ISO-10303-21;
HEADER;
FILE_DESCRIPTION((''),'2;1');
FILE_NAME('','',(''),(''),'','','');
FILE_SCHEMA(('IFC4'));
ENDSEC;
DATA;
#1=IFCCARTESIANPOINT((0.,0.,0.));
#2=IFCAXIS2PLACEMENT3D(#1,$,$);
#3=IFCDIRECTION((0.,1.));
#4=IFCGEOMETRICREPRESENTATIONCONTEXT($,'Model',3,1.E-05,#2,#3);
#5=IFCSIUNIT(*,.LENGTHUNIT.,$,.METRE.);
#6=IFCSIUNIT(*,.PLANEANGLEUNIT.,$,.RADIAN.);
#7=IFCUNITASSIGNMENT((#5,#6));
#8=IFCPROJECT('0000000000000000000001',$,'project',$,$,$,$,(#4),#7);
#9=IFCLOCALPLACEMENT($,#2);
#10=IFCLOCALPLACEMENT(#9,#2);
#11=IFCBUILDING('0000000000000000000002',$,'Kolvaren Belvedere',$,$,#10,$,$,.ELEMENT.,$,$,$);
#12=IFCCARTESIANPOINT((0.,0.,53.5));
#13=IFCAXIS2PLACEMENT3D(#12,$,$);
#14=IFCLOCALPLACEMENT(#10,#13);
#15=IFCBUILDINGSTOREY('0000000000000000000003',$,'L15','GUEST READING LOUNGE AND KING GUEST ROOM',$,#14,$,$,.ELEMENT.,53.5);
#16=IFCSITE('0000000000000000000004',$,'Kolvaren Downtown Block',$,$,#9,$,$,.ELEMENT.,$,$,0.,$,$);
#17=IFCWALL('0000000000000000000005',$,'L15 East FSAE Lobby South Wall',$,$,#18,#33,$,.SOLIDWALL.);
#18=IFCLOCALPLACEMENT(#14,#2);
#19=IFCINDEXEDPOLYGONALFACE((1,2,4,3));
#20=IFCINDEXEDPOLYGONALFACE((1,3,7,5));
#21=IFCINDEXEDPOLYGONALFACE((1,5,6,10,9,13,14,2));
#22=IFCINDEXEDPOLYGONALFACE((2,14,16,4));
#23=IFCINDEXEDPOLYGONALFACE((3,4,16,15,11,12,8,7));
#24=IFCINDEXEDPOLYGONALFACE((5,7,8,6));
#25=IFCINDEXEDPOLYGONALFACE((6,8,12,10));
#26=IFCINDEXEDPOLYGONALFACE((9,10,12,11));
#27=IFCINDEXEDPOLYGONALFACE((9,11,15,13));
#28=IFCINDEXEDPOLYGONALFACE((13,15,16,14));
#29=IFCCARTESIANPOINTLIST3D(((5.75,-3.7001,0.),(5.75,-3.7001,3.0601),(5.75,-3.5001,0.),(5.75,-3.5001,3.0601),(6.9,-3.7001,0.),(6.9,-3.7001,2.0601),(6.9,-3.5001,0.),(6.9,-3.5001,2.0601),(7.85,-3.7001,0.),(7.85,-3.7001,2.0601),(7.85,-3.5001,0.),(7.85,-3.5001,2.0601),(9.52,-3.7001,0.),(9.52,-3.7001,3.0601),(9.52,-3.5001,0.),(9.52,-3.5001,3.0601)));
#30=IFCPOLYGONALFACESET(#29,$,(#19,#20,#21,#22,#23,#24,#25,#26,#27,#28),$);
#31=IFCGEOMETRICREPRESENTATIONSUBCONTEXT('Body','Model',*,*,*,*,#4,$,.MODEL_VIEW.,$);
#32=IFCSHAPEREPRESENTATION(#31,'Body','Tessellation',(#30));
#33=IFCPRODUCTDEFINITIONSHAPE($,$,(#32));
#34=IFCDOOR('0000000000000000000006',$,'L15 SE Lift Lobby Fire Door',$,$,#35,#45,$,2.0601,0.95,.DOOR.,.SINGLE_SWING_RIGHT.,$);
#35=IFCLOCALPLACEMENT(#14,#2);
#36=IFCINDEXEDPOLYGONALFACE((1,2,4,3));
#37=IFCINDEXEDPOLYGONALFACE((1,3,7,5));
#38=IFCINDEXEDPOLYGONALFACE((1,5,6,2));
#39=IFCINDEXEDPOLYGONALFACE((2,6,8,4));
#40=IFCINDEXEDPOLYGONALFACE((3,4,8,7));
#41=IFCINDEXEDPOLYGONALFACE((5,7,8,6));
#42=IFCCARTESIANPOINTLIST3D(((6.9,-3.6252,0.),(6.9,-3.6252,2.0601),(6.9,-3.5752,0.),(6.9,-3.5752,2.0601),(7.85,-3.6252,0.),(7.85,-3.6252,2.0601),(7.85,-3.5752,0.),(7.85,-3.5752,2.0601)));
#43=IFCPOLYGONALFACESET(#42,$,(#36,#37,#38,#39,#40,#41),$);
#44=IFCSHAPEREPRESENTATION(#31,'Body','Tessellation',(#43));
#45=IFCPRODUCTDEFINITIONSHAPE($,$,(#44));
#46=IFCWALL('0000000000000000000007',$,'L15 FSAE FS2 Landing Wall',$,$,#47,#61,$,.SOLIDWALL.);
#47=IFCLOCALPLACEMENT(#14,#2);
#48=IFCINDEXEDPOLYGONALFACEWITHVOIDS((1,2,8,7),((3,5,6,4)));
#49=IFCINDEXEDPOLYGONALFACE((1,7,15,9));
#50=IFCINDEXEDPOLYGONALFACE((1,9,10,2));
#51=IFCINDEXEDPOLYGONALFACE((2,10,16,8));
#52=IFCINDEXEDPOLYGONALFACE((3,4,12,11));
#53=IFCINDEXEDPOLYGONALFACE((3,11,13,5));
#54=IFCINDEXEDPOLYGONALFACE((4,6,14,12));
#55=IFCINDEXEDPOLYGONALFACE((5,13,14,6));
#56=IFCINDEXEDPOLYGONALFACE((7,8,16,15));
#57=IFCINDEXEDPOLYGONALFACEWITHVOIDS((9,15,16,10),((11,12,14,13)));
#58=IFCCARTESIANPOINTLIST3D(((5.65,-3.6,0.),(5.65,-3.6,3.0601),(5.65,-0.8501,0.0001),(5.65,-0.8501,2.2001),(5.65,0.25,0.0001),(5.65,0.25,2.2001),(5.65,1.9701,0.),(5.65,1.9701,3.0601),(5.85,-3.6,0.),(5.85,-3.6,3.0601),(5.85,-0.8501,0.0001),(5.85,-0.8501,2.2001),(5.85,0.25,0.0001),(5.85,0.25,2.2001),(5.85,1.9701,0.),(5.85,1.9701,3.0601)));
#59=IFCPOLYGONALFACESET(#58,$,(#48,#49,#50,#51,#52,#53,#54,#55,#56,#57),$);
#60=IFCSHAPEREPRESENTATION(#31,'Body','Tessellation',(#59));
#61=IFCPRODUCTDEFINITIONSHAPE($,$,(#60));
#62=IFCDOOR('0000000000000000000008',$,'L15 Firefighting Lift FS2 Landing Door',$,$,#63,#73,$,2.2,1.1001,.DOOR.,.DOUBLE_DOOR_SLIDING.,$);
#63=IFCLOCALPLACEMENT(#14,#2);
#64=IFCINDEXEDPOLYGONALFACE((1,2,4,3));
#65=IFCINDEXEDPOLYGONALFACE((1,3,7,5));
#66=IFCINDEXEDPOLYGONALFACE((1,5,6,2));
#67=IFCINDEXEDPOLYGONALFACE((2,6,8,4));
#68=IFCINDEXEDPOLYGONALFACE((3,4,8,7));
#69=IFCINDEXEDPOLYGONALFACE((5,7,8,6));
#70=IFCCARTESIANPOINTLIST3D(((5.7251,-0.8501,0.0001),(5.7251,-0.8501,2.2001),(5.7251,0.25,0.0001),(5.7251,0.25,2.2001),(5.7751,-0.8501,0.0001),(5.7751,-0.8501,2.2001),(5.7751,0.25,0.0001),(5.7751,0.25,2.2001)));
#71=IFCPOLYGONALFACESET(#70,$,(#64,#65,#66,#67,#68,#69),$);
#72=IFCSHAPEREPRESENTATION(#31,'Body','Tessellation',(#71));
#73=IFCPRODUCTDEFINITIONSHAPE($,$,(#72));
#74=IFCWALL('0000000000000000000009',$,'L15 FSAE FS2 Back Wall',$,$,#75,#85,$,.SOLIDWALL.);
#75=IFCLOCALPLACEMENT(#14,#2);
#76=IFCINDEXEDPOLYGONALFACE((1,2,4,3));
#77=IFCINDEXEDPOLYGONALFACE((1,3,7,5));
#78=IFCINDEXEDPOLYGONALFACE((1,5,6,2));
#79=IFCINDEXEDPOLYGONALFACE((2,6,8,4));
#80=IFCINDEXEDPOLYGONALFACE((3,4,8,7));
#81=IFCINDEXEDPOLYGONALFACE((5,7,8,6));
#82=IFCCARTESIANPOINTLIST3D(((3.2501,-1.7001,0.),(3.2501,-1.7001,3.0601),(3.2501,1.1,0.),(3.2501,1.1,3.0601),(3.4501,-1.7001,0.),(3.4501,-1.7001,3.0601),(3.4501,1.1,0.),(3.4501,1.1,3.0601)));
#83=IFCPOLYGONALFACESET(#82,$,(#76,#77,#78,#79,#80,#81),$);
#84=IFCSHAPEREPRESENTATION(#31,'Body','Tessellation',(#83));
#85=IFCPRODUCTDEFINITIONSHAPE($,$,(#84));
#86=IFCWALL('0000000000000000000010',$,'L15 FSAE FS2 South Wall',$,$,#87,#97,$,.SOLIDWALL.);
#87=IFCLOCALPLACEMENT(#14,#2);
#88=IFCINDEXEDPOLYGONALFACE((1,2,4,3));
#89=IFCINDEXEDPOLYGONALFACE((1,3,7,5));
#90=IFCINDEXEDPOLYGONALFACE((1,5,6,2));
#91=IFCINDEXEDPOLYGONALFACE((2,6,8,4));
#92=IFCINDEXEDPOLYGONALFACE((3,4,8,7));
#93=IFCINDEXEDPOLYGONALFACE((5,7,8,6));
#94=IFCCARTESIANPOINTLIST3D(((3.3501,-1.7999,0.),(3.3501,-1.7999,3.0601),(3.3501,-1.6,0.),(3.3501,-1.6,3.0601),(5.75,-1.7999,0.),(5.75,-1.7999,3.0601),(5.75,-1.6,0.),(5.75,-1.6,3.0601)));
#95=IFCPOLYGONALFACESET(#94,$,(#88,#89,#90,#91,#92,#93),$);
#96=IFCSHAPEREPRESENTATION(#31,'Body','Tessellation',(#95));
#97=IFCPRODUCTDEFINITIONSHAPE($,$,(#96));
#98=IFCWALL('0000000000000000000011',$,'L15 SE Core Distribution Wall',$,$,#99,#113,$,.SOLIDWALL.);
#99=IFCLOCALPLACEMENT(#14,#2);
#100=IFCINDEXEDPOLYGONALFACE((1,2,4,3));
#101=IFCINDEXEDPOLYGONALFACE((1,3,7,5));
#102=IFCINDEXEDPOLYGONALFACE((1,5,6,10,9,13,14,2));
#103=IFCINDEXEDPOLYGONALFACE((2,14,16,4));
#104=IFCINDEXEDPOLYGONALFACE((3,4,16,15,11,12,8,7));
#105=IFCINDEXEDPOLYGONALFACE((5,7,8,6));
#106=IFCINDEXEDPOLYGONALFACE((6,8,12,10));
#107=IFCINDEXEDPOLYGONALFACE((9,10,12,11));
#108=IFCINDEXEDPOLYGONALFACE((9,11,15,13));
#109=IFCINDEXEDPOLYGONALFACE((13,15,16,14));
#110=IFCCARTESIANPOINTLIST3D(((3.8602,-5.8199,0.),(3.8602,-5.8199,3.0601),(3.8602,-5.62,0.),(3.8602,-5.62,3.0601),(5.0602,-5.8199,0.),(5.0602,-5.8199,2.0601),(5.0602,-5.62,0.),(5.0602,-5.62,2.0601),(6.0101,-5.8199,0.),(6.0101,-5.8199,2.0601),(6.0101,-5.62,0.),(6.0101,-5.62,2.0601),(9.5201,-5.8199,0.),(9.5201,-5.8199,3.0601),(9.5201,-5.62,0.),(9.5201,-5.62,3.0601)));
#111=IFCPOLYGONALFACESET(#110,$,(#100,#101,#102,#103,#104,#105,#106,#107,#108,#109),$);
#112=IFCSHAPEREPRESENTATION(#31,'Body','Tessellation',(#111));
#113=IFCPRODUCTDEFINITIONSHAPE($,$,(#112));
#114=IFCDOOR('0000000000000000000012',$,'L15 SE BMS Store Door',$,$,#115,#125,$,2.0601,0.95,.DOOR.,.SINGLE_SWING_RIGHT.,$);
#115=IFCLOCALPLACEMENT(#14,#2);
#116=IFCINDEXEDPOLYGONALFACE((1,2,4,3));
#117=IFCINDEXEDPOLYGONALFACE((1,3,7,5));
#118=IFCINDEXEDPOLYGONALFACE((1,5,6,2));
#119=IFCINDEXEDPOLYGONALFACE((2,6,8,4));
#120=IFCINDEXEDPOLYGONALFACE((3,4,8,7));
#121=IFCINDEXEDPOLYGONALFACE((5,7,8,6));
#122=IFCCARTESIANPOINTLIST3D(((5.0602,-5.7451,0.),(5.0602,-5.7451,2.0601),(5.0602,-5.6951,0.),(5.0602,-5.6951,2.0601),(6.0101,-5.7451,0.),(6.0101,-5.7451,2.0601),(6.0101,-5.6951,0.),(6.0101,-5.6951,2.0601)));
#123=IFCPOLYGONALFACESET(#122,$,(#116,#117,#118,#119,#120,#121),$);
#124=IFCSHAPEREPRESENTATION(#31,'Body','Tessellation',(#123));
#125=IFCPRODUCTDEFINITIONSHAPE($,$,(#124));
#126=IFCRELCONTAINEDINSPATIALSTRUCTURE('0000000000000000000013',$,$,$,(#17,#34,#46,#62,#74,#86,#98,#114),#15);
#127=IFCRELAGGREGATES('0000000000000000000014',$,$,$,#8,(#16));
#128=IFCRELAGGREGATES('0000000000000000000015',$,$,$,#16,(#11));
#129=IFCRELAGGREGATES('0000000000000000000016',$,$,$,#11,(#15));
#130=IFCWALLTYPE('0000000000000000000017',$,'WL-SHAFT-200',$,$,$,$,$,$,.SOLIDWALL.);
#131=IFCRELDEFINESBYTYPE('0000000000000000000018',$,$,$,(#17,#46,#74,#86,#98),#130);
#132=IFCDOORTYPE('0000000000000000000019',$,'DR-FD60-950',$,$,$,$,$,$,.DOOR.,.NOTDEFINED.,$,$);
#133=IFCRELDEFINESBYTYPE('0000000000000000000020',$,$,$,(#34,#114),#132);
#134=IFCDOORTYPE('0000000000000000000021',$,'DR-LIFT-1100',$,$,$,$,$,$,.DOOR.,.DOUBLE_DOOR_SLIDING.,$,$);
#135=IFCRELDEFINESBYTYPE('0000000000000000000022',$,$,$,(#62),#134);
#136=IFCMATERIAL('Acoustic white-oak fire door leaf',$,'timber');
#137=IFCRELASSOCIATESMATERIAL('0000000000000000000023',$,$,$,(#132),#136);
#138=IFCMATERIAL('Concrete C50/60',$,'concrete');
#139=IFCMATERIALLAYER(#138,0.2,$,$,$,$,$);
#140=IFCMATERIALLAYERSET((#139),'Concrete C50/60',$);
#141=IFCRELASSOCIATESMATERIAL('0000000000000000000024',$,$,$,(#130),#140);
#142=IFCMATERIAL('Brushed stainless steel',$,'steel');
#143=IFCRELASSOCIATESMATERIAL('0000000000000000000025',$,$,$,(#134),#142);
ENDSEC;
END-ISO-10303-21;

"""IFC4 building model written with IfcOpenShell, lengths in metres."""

from ifc_helpers import new_model, si_unit, direction, frame, frame_2d, origin, place, context, subcontext, project, spatial, rectangle, extrude, material, layer, layer_set, type_object, element, fill, save


model = new_model("IFC4")

# Units and contexts
model_context = context("Model", 3, precision=1e-05, world=origin(), true_north=direction((0.0, 1.0)))
body_context = subcontext(model_context, "Body", "Model", "MODEL_VIEW")
ifc_project = project(units=[si_unit("LENGTHUNIT", "METRE"), si_unit("PLANEANGLEUNIT", "RADIAN")], contexts=[model_context])

# Site, building, storey
site_placement = place(None, origin())
site = spatial("IfcSite", under=ifc_project, at=site_placement, Name="Kolvaren Downtown Block", CompositionType="ELEMENT", RefElevation=0.0)
building_placement = place(site_placement, origin())
building = spatial("IfcBuilding", under=site, at=building_placement, Name="Kolvaren Belvedere", CompositionType="ELEMENT")
storey_placement = place(building_placement, frame((0.0, 0.0, 53.5)))
storey = spatial("IfcBuildingStorey", under=building, at=storey_placement, Name="L15", Description="GUEST READING LOUNGE AND KING GUEST ROOM", CompositionType="ELEMENT", Elevation=53.5)

# Walls, openings, doors
ifc_material_1 = material(Name="Acoustic white-oak fire door leaf", Category="timber")
door_type_1 = type_object("IfcDoorType", Name="DR-FD60-950", OperationType="NOTDEFINED", PredefinedType="DOOR", material=ifc_material_1)
ifc_material_2 = material(Name="Concrete C50/60", Category="concrete")
ifc_layer_1 = layer(ifc_material_2, 0.2)
ifc_layer_set_1 = layer_set([ifc_layer_1], Name="Concrete C50/60")
wall_type_1 = type_object("IfcWallType", Name="WL-SHAFT-200", PredefinedType="SOLIDWALL", material=ifc_layer_set_1)
wall_1_placement = place(storey_placement, frame((5.75, -3.6001, 0.0), z_axis=(0.0, 0.0, 1.0), x_axis=(1.0, 0.0, 0.0)))
wall_1 = element("IfcWall", 1, at=wall_1_placement, inside=storey, type_object=wall_type_1, Name="L15 East FSAE Lobby South Wall", PredefinedType="SOLIDWALL", context=body_context, shape_type="SweptSolid", body=[
    extrude(rectangle(XDim=3.77, YDim=0.2, at=frame_2d((1.885, 0.0))), origin(), (0.0, 0.0, 1.0), 3.0601),
])
opening_1_placement = place(wall_1_placement, frame((1.1499, 0.0, 0.0)))
opening_1 = element("IfcOpeningElement", 2, at=opening_1_placement, cuts=wall_1, PredefinedType="OPENING", context=body_context, shape_type="SweptSolid", body=[
    extrude(rectangle(XDim=0.95, YDim=2.0601, at=frame_2d((0.4751, 1.03))), frame((0.0, 0.1099, 0.0), z_axis=(0.0, -1.0, 0.0), x_axis=(1.0, 0.0, 0.0)), (0.0, 0.0, 1.0), 0.22),
])
door_1_placement = place(opening_1_placement, origin())
door_1 = element("IfcDoor", 3, at=door_1_placement, inside=storey, type_object=door_type_1, Name="L15 SE Lift Lobby Fire Door", OperationType="SINGLE_SWING_RIGHT", OverallHeight=2.0601, OverallWidth=0.95, PredefinedType="DOOR", context=body_context, shape_type="SweptSolid", body=[
    extrude(rectangle(XDim=0.95, YDim=2.0601, at=frame_2d((0.4751, 1.03))), frame((0.0, 0.0249, 0.0), z_axis=(0.0, -1.0, 0.0), x_axis=(1.0, 0.0, 0.0)), (0.0, 0.0, 1.0), 0.05),
])
fill(opening_1, door_1)
wall_2_placement = place(storey_placement, frame((5.75, -3.6001, 0.0), z_axis=(0.0, 0.0, 1.0), x_axis=(0.0, 1.0, 0.0)))
wall_2 = element("IfcWall", 4, at=wall_2_placement, inside=storey, type_object=wall_type_1, Name="L15 FSAE FS2 Landing Wall", PredefinedType="SOLIDWALL", context=body_context, shape_type="SweptSolid", body=[
    extrude(rectangle(XDim=5.5701, YDim=0.2, at=frame_2d((2.7852, 0.0))), origin(), (0.0, 0.0, 1.0), 3.0601),
])
opening_2_placement = place(wall_2_placement, frame((2.75, 0.0, 0.0)))
opening_2 = element("IfcOpeningElement", 5, at=opening_2_placement, cuts=wall_2, PredefinedType="OPENING", context=body_context, shape_type="SweptSolid", body=[
    extrude(rectangle(XDim=1.1001, YDim=2.2, at=frame_2d((0.55, 1.1001))), frame((0.0, 0.1099, 0.0), z_axis=(0.0, -1.0, 0.0), x_axis=(1.0, 0.0, 0.0)), (0.0, 0.0, 1.0), 0.22),
])
ifc_material_3 = material(Name="Brushed stainless steel", Category="steel")
door_type_2 = type_object("IfcDoorType", Name="DR-LIFT-1100", OperationType="DOUBLE_DOOR_SLIDING", PredefinedType="DOOR", material=ifc_material_3)
door_2_placement = place(opening_2_placement, origin())
door_2 = element("IfcDoor", 6, at=door_2_placement, inside=storey, type_object=door_type_2, Name="L15 Firefighting Lift FS2 Landing Door", OperationType="DOUBLE_DOOR_SLIDING", OverallHeight=2.2, OverallWidth=1.1001, PredefinedType="DOOR", context=body_context, shape_type="SweptSolid", body=[
    extrude(rectangle(XDim=1.1001, YDim=2.2, at=frame_2d((0.55, 1.1001))), frame((0.0, 0.0249, 0.0), z_axis=(0.0, -1.0, 0.0), x_axis=(1.0, 0.0, 0.0)), (0.0, 0.0, 1.0), 0.05),
])
fill(opening_2, door_2)

# Walls
wall_3_placement = place(storey_placement, frame((3.3501, -1.7, 0.0), z_axis=(0.0, 0.0, 1.0), x_axis=(0.0, 1.0, 0.0)))
element("IfcWall", 7, at=wall_3_placement, inside=storey, type_object=wall_type_1, Name="L15 FSAE FS2 Back Wall", PredefinedType="SOLIDWALL", context=body_context, shape_type="SweptSolid", body=[
    extrude(rectangle(XDim=2.8, YDim=0.2, at=frame_2d((1.3999, 0.0))), origin(), (0.0, 0.0, 1.0), 3.0601),
])
wall_4_placement = place(storey_placement, frame((3.3501, -1.7, 0.0), z_axis=(0.0, 0.0, 1.0), x_axis=(1.0, 0.0, 0.0)))
element("IfcWall", 8, at=wall_4_placement, inside=storey, type_object=wall_type_1, Name="L15 FSAE FS2 South Wall", PredefinedType="SOLIDWALL", context=body_context, shape_type="SweptSolid", body=[
    extrude(rectangle(XDim=2.3999, YDim=0.2, at=frame_2d((1.2, 0.0))), origin(), (0.0, 0.0, 1.0), 3.0601),
])

# Wall, opening, door
wall_5_placement = place(storey_placement, frame((3.8601, -5.72, 0.0), z_axis=(0.0, 0.0, 1.0), x_axis=(1.0, 0.0, 0.0)))
wall_5 = element("IfcWall", 9, at=wall_5_placement, inside=storey, type_object=wall_type_1, Name="L15 SE Core Distribution Wall", PredefinedType="SOLIDWALL", context=body_context, shape_type="SweptSolid", body=[
    extrude(rectangle(XDim=5.6599, YDim=0.2, at=frame_2d((2.8301, 0.0))), origin(), (0.0, 0.0, 1.0), 3.0601),
])
opening_3_placement = place(wall_5_placement, frame((1.2, 0.0, 0.0)))
opening_3 = element("IfcOpeningElement", 10, at=opening_3_placement, cuts=wall_5, PredefinedType="OPENING", context=body_context, shape_type="SweptSolid", body=[
    extrude(rectangle(XDim=0.95, YDim=2.0601, at=frame_2d((0.4751, 1.03))), frame((0.0, 0.1099, 0.0), z_axis=(0.0, -1.0, 0.0), x_axis=(1.0, 0.0, 0.0)), (0.0, 0.0, 1.0), 0.22),
])
door_3_placement = place(opening_3_placement, origin())
door_3 = element("IfcDoor", 11, at=door_3_placement, inside=storey, type_object=door_type_1, Name="L15 SE BMS Store Door", OperationType="SINGLE_SWING_RIGHT", OverallHeight=2.0601, OverallWidth=0.95, PredefinedType="DOOR", context=body_context, shape_type="SweptSolid", body=[
    extrude(rectangle(XDim=0.95, YDim=2.0601, at=frame_2d((0.4751, 1.03))), frame((0.0, 0.0249, 0.0), z_axis=(0.0, -1.0, 0.0), x_axis=(1.0, 0.0, 0.0)), (0.0, 0.0, 1.0), 0.05),
])
fill(opening_3, door_3)

save(model, "model.ifc")
